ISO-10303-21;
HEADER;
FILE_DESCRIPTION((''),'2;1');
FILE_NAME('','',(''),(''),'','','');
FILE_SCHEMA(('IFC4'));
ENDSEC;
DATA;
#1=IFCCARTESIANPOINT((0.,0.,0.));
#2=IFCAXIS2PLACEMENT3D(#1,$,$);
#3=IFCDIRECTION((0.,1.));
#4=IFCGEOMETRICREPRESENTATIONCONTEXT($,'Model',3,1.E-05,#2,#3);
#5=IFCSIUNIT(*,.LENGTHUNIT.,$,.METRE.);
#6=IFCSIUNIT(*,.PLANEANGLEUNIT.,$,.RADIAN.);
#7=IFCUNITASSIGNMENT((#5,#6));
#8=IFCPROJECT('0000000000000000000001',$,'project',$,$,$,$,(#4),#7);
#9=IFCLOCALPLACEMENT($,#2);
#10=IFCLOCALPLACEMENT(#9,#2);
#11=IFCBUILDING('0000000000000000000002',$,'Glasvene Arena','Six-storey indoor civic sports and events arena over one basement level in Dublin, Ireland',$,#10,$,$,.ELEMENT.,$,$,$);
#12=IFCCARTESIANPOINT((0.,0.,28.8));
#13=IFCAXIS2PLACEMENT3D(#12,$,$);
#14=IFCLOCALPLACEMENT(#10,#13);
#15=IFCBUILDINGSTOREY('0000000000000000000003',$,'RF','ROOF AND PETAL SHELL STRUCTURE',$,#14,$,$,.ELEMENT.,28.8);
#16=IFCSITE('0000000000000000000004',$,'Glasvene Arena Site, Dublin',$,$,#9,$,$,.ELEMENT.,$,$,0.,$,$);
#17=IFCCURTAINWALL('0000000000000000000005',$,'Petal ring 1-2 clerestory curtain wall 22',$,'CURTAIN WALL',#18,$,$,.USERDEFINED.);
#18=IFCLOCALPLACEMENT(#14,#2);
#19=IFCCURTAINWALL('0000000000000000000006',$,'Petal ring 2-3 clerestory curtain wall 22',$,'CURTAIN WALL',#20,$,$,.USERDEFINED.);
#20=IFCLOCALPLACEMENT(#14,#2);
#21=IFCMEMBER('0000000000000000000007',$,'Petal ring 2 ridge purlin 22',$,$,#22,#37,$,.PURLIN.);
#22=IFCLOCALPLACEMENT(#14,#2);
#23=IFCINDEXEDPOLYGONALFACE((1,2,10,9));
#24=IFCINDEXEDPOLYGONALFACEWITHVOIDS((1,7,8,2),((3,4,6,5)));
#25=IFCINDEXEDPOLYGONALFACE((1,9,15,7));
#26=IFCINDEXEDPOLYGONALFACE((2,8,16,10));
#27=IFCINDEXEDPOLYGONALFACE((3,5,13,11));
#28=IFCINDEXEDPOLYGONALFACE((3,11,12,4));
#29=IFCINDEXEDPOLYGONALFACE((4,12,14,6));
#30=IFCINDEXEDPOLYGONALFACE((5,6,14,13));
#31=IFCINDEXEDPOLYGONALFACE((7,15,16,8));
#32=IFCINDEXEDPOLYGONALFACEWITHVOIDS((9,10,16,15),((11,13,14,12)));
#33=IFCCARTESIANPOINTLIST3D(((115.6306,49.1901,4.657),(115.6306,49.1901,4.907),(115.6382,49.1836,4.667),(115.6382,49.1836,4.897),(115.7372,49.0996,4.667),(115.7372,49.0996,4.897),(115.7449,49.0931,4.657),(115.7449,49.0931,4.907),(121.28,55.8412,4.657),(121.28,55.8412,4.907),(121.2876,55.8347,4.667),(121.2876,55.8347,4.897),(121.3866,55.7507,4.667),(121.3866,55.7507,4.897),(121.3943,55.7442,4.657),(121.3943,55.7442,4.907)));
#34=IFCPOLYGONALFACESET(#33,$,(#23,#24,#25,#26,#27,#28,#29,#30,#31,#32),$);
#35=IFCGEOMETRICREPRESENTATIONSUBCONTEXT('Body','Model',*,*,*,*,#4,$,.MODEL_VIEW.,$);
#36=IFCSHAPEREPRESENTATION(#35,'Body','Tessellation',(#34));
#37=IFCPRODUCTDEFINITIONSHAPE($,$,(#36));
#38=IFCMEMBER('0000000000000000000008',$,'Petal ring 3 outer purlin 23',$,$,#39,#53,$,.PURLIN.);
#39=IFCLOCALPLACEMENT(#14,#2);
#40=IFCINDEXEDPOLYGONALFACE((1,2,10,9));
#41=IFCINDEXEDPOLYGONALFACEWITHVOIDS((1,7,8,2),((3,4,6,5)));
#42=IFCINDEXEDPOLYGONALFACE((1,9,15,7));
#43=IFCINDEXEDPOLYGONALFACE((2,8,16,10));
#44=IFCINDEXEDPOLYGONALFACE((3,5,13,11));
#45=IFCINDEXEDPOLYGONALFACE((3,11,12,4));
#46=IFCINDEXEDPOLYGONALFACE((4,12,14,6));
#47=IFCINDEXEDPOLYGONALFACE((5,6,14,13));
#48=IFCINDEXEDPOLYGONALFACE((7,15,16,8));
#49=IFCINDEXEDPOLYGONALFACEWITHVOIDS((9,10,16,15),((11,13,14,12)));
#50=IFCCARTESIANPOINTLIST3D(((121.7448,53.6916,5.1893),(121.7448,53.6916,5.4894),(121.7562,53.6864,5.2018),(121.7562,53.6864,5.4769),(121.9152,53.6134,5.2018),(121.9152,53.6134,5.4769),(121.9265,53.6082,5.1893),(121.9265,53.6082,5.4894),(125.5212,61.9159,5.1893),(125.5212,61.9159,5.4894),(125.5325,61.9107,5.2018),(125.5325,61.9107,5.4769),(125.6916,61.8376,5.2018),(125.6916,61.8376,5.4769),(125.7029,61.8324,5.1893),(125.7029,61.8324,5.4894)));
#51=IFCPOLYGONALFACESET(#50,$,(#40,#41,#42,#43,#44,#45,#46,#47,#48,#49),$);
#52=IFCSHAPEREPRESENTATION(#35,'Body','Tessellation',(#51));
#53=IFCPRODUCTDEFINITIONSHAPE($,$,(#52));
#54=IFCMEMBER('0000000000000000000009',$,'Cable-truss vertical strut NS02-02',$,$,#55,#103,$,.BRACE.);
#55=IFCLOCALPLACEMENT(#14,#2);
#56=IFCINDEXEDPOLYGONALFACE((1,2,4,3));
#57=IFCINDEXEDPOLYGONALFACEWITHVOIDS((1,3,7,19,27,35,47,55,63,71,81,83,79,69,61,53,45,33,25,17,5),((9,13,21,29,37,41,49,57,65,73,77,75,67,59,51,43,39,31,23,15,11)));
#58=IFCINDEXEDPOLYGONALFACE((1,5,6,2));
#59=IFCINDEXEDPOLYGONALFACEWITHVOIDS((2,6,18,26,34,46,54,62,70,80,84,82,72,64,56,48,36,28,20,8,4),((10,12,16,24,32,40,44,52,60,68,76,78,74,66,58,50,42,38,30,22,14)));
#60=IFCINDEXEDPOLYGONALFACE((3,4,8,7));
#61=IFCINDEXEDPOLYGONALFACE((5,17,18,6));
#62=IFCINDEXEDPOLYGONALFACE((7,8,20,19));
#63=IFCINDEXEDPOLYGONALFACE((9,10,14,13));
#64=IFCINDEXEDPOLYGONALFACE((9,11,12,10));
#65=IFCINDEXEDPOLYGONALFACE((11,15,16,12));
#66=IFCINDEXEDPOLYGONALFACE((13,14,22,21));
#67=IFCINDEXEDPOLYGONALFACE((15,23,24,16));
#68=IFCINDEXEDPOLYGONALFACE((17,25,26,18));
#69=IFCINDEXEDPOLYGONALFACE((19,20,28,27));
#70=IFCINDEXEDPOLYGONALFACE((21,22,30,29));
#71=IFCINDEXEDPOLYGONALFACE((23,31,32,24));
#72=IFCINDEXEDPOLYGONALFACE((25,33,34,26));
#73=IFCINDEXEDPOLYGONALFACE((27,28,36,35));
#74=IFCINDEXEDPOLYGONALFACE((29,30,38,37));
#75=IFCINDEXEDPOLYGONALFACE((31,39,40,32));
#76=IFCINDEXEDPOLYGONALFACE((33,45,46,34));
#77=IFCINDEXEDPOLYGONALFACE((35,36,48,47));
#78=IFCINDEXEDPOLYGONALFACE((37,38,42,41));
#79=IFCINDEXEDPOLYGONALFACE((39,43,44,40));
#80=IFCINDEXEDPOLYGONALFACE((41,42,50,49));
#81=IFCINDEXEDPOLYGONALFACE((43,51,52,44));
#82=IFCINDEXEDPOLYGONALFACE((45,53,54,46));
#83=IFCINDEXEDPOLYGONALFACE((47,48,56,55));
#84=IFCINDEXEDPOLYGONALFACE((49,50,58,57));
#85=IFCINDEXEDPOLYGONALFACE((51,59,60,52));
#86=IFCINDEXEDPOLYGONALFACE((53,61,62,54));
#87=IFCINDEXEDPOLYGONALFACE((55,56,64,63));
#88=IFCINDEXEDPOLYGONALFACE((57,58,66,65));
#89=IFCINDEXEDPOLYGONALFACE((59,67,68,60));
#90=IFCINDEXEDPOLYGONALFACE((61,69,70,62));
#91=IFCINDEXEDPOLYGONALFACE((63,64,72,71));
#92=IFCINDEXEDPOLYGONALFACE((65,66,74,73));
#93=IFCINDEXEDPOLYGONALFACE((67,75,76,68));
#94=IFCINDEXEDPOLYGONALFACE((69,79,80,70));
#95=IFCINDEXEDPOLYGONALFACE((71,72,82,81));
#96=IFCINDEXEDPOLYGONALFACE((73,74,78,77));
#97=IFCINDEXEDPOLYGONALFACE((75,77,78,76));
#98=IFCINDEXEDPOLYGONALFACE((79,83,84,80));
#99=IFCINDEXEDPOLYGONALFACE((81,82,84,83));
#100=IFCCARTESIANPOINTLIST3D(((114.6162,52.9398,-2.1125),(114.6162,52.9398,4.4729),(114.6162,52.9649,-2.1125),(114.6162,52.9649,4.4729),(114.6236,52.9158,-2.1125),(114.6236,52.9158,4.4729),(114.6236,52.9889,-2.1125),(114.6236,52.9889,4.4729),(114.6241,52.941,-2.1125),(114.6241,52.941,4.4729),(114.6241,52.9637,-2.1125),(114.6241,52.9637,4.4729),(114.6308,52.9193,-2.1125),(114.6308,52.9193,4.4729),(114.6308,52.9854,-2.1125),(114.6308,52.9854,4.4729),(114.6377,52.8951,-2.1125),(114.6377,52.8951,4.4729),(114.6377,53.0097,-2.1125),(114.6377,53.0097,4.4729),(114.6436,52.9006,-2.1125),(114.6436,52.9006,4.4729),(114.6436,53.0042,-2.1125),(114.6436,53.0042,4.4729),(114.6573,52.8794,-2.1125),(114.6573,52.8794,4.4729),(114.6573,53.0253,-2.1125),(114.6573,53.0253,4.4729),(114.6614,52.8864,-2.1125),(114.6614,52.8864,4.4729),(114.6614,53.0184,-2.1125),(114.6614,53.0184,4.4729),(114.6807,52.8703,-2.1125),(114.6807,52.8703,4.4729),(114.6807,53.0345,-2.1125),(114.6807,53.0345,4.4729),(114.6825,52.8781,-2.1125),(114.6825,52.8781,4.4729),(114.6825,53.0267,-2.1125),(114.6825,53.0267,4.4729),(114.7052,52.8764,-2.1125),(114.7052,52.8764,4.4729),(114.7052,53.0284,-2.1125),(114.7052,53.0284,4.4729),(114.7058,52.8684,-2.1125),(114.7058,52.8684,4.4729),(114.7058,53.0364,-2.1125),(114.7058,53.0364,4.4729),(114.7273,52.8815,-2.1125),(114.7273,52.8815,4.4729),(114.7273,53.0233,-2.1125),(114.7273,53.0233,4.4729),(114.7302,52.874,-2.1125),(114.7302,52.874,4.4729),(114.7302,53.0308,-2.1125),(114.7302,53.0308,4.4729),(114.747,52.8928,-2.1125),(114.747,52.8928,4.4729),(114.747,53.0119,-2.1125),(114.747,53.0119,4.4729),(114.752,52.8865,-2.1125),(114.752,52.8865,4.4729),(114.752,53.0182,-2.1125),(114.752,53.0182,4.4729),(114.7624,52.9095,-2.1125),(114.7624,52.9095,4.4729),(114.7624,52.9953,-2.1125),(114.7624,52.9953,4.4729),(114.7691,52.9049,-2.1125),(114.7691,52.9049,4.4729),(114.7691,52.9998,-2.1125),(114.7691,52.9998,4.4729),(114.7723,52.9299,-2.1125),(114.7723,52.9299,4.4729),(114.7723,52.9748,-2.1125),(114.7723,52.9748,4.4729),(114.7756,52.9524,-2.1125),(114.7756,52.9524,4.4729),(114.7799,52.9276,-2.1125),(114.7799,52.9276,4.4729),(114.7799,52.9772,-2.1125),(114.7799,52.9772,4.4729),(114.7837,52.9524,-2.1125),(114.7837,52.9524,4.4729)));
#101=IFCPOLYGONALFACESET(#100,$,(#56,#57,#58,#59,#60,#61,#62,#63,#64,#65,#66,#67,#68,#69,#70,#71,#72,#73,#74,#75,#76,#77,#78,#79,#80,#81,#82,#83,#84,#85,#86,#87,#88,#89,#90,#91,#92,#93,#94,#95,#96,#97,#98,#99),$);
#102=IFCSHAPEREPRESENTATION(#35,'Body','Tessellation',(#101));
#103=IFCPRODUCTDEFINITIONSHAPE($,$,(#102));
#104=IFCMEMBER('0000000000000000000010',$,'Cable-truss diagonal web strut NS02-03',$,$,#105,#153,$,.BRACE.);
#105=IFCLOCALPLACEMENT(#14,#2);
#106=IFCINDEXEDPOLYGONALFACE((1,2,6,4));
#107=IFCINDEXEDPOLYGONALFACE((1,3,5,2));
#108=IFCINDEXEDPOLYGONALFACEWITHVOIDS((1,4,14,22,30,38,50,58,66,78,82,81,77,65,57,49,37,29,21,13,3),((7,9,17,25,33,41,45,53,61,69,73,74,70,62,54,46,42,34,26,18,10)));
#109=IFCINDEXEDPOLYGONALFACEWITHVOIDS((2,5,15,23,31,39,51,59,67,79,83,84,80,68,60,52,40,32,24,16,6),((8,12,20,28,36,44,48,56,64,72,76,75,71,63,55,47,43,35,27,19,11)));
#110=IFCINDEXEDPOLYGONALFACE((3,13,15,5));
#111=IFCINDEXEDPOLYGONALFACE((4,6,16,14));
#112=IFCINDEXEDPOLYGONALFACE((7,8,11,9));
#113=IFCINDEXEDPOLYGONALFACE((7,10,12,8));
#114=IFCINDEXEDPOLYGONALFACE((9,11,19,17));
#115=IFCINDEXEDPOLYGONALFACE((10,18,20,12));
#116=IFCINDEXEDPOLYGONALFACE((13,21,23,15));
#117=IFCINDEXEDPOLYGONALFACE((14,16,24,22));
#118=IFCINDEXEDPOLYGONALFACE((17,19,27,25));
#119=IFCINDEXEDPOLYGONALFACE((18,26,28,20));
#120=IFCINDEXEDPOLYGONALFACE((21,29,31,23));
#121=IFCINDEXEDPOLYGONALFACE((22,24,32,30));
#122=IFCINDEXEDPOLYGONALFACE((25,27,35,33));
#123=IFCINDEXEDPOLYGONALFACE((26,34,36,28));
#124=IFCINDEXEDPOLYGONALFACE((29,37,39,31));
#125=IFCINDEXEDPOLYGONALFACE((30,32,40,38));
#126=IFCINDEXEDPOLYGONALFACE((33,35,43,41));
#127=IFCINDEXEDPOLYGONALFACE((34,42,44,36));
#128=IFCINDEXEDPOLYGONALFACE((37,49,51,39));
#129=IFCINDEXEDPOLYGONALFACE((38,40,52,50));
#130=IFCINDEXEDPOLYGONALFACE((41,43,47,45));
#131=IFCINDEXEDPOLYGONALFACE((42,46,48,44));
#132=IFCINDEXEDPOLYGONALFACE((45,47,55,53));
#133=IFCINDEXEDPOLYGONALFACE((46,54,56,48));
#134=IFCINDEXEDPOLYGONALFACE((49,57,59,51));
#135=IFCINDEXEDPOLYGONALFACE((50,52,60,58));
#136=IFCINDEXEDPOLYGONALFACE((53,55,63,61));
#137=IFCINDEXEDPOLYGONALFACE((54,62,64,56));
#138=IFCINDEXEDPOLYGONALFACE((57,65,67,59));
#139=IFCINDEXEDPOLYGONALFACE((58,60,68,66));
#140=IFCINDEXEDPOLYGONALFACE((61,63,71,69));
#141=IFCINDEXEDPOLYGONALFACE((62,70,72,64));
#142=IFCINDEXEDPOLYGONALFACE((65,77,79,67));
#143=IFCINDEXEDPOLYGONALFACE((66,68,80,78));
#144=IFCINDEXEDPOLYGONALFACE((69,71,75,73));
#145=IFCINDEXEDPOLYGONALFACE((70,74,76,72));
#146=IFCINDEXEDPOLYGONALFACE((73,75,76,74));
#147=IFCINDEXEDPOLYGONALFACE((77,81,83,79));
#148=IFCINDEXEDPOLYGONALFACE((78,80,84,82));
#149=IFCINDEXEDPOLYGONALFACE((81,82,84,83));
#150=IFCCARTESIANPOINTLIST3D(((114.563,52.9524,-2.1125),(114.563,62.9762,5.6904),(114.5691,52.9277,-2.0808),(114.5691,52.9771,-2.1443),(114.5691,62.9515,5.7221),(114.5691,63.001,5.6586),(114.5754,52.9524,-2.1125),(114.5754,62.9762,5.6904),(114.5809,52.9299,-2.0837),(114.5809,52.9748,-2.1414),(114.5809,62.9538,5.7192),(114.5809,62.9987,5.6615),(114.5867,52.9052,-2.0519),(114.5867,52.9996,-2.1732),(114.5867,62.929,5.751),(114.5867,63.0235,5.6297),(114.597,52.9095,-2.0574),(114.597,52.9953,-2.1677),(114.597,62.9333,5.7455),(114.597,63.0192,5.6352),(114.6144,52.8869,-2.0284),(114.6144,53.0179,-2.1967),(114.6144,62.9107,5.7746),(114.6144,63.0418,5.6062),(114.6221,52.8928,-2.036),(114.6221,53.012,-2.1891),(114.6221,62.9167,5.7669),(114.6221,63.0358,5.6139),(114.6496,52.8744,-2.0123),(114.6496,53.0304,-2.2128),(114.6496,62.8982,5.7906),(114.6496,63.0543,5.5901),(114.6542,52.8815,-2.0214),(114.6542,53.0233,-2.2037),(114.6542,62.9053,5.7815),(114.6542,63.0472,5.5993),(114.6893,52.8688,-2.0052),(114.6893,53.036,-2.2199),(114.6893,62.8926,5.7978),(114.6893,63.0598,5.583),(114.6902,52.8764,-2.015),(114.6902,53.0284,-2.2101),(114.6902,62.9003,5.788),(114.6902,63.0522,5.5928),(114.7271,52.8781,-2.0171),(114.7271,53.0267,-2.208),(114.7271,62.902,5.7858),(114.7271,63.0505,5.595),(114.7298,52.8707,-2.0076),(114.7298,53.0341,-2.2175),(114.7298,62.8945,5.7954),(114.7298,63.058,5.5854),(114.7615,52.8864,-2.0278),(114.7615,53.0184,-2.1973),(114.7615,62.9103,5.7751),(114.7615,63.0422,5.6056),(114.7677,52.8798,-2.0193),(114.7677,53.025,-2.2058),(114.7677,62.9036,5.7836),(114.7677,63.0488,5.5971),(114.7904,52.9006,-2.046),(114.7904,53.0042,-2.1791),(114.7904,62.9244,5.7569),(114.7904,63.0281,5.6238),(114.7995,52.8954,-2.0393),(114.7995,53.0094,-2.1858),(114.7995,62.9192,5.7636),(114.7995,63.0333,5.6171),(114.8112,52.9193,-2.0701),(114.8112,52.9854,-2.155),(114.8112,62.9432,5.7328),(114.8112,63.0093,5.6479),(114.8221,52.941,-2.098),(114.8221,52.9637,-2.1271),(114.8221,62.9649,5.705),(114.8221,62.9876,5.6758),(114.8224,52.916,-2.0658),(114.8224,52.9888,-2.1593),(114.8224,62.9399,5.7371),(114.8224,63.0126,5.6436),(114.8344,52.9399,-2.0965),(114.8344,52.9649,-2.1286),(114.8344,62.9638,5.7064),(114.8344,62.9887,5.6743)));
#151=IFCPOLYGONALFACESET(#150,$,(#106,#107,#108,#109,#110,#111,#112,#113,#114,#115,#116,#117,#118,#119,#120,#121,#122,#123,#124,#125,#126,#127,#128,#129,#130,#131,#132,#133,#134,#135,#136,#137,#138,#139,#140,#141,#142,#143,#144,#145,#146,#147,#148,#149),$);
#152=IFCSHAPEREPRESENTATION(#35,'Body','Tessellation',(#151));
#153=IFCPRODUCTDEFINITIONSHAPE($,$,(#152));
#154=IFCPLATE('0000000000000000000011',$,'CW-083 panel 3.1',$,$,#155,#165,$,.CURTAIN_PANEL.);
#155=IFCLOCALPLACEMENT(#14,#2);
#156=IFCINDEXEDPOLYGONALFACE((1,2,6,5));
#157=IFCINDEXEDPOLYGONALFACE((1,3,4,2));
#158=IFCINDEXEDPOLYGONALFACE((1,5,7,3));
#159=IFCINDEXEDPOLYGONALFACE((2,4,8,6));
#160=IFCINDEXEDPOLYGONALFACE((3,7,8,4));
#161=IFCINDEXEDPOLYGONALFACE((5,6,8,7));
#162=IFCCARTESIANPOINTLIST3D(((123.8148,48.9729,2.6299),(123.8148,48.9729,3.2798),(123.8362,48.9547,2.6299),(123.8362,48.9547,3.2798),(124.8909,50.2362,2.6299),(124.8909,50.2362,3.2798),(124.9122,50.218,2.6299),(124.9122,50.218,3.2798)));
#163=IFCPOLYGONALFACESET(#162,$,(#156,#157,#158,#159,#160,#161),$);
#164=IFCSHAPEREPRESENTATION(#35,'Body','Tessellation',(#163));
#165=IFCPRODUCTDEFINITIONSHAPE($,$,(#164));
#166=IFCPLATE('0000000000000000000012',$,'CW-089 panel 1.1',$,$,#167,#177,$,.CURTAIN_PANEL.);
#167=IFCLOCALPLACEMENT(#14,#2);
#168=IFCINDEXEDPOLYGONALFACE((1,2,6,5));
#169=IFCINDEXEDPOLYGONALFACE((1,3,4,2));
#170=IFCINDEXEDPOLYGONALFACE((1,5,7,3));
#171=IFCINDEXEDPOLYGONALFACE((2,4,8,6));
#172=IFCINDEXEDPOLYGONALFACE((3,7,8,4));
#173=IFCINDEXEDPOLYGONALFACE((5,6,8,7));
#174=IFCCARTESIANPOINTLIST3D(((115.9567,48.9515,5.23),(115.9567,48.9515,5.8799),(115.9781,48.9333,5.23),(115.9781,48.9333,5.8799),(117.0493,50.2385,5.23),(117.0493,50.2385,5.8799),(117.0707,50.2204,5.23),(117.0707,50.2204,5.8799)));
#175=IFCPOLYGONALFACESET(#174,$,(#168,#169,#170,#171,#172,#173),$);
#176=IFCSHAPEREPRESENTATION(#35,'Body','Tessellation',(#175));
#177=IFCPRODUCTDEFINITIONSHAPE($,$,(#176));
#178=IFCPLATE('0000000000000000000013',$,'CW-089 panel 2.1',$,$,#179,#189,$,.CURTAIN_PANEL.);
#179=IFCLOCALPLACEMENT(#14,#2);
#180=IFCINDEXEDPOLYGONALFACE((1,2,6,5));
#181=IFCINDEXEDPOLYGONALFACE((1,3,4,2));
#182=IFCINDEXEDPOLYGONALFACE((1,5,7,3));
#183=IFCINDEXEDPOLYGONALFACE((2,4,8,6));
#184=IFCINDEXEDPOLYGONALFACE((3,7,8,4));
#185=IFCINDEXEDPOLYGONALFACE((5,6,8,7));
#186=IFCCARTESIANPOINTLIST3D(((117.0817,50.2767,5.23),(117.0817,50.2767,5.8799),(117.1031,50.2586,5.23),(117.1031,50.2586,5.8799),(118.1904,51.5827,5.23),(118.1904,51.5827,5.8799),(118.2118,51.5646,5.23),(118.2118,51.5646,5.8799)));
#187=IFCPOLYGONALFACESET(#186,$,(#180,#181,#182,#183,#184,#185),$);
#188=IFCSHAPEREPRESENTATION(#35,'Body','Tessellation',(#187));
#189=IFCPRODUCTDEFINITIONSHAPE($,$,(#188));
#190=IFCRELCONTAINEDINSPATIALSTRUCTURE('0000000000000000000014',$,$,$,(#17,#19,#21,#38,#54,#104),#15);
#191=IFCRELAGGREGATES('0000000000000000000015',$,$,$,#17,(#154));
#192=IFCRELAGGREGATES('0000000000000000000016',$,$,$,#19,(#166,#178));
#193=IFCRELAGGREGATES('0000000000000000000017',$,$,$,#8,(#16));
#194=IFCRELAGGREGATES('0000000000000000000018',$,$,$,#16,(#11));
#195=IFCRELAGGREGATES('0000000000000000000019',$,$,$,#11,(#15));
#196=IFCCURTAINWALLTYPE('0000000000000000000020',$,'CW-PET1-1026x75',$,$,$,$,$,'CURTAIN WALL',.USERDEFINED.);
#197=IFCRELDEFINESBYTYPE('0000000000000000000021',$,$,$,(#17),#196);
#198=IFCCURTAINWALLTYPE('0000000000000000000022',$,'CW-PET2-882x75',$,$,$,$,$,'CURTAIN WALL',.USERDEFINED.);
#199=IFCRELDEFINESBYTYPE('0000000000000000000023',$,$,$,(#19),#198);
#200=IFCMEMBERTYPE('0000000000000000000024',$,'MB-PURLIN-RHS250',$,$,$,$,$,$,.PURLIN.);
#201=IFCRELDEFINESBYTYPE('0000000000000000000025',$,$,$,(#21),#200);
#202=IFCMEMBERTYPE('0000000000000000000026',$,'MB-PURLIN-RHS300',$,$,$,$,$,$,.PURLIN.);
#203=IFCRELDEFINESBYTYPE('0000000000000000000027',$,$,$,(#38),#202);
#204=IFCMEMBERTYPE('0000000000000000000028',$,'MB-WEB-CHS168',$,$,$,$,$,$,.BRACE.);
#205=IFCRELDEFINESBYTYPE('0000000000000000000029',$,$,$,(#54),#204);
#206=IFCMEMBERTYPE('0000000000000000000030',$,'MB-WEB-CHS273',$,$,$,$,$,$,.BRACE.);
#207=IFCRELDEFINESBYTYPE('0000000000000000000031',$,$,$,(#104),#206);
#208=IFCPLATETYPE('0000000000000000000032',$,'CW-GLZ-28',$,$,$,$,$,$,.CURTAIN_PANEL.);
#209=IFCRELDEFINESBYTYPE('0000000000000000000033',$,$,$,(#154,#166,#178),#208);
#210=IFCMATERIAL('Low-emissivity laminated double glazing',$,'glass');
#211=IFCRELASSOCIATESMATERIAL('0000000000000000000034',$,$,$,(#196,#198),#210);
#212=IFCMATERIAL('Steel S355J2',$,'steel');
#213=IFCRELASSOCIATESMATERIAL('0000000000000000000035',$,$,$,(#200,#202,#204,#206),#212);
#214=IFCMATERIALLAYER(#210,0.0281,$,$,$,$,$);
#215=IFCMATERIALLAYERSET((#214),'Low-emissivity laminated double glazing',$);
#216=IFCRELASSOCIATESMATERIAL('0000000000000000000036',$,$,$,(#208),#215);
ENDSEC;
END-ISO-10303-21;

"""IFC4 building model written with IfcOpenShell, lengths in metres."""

from ifc_helpers import new_model, si_unit, direction, frame, origin, origin_2d, place, context, subcontext, project, spatial, rectangle, hollow_rectangle, hollow_circle, extrude, material, layer, layer_set, material_profile, profile_set, type_object, element, aggregate, save


model = new_model("IFC4")

# Units and contexts
model_context = context("Model", 3, precision=1e-05, world=origin(), true_north=direction((0.0, 1.0)))
body_context = subcontext(model_context, "Body", "Model", "MODEL_VIEW")
ifc_project = project(units=[si_unit("LENGTHUNIT", "METRE"), si_unit("PLANEANGLEUNIT", "RADIAN")], contexts=[model_context])

# Site, building, storey
site_placement = place(None, origin())
site = spatial("IfcSite", under=ifc_project, at=site_placement, Name="Glasvene Arena Site, Dublin", CompositionType="ELEMENT", RefElevation=0.0)
building_placement = place(site_placement, origin())
building = spatial("IfcBuilding", under=site, at=building_placement, Name="Glasvene Arena", Description="Six-storey indoor civic sports and events arena over one basement level in Dublin, Ireland", CompositionType="ELEMENT")
storey_placement = place(building_placement, frame((0.0, 0.0, 28.8)))
storey = spatial("IfcBuildingStorey", under=building, at=storey_placement, Name="RF", Description="ROOF AND PETAL SHELL STRUCTURE", CompositionType="ELEMENT", Elevation=28.8)

# Curtain wall
ifc_material_1 = material(Name="Low-emissivity laminated double glazing", Category="glass")
curtain_wall_type_1 = type_object("IfcCurtainWallType", Name="CW-PET1-1026x75", ElementType="CURTAIN WALL", PredefinedType="USERDEFINED", material=ifc_material_1)
curtain_wall_1_placement = place(storey_placement, frame((121.5923, 46.342, 0.0)))
curtain_wall_1 = element("IfcCurtainWall", 1, at=curtain_wall_1_placement, inside=storey, type_object=curtain_wall_type_1, Name="Petal ring 1-2 clerestory curtain wall 22", ObjectType="CURTAIN WALL", PredefinedType="USERDEFINED")

# Curtain wall
curtain_wall_type_2 = type_object("IfcCurtainWallType", Name="CW-PET2-882x75", ElementType="CURTAIN WALL", PredefinedType="USERDEFINED", material=ifc_material_1)
curtain_wall_2_placement = place(storey_placement, frame((115.9351, 48.9043, 0.0)))
curtain_wall_2 = element("IfcCurtainWall", 2, at=curtain_wall_2_placement, inside=storey, type_object=curtain_wall_type_2, Name="Petal ring 2-3 clerestory curtain wall 22", ObjectType="CURTAIN WALL", PredefinedType="USERDEFINED")

# Members
ifc_material_2 = material(Name="Steel S355J2", Category="steel")
ifc_material_profile_1 = material_profile(ifc_material_2, hollow_rectangle(XDim=0.1499, YDim=0.25, WallThickness=0.01, at=origin_2d()), Name="RHS 250x150x10.0")
ifc_profile_set_1 = profile_set([ifc_material_profile_1], Name="Steel S355J2")
member_type_1 = type_object("IfcMemberType", Name="MB-PURLIN-RHS250", PredefinedType="PURLIN", material=ifc_profile_set_1)
member_1_placement = place(storey_placement, frame((115.6877, 49.1416, 4.782), z_axis=(0.64738, 0.762168, 0.0), x_axis=(-0.762168, 0.64738, 0.0)))
element("IfcMember", 3, at=member_1_placement, inside=storey, type_object=member_type_1, Name="Petal ring 2 ridge purlin 22", PredefinedType="PURLIN", context=body_context, shape_type="SweptSolid", body=[
    extrude(hollow_rectangle(XDim=0.1499, YDim=0.25, WallThickness=0.01, at=origin_2d()), origin(), (0.0, 0.0, 1.0), 8.7266),
])
ifc_material_profile_2 = material_profile(ifc_material_2, hollow_rectangle(XDim=0.2, YDim=0.3, WallThickness=0.0125, at=origin_2d()), Name="RHS 300x200x12.5")
ifc_profile_set_2 = profile_set([ifc_material_profile_2], Name="Steel S355J2")
member_type_2 = type_object("IfcMemberType", Name="MB-PURLIN-RHS300", PredefinedType="PURLIN", material=ifc_profile_set_2)
member_2_placement = place(storey_placement, frame((121.8357, 53.6499, 5.3394), z_axis=(0.417282, 0.908777, 0.0), x_axis=(-0.908777, 0.417282, 0.0)))
element("IfcMember", 4, at=member_2_placement, inside=storey, type_object=member_type_2, Name="Petal ring 3 outer purlin 23", PredefinedType="PURLIN", context=body_context, shape_type="SweptSolid", body=[
    extrude(hollow_rectangle(XDim=0.2, YDim=0.3, WallThickness=0.0125, at=origin_2d()), origin(), (0.0, 0.0, 1.0), 9.0498),
])
ifc_material_profile_3 = material_profile(ifc_material_2, hollow_circle(Radius=0.0842, WallThickness=0.0081, at=origin_2d()), Name="CHS 168.3x8.0")
ifc_profile_set_3 = profile_set([ifc_material_profile_3], Name="Steel S355J2")
member_type_3 = type_object("IfcMemberType", Name="MB-WEB-CHS168", PredefinedType="BRACE", material=ifc_profile_set_3)
member_3_placement = place(storey_placement, frame((114.6995, 52.9524, -2.1125), z_axis=(0.0, 0.0, 1.0), x_axis=(1.0, 0.0, 0.0)))
element("IfcMember", 5, at=member_3_placement, inside=storey, type_object=member_type_3, Name="Cable-truss vertical strut NS02-02", PredefinedType="BRACE", context=body_context, shape_type="SweptSolid", body=[
    extrude(hollow_circle(Radius=0.0842, WallThickness=0.0081, at=origin_2d()), origin(), (0.0, 0.0, 1.0), 6.5854),
])
ifc_material_profile_4 = material_profile(ifc_material_2, hollow_circle(Radius=0.1365, WallThickness=0.0125, at=origin_2d()), Name="CHS 273.0x12.5")
ifc_profile_set_4 = profile_set([ifc_material_profile_4], Name="Steel S355J2")
member_type_4 = type_object("IfcMemberType", Name="MB-WEB-CHS273", PredefinedType="BRACE", material=ifc_profile_set_4)
member_4_placement = place(storey_placement, frame((114.6995, 52.9524, -2.1125), z_axis=(0.0, 0.789101, 0.614264), x_axis=(-1.0, 0.0, 0.0)))
element("IfcMember", 6, at=member_4_placement, inside=storey, type_object=member_type_4, Name="Cable-truss diagonal web strut NS02-03", PredefinedType="BRACE", context=body_context, shape_type="SweptSolid", body=[
    extrude(hollow_circle(Radius=0.1365, WallThickness=0.0125, at=origin_2d()), origin(), (0.0, 0.0, 1.0), 12.7029),
])

# Plates
ifc_layer_1 = layer(ifc_material_1, 0.0281)
ifc_layer_set_1 = layer_set([ifc_layer_1], Name="Low-emissivity laminated double glazing")
plate_type_1 = type_object("IfcPlateType", Name="CW-GLZ-28", PredefinedType="CURTAIN_PANEL", material=ifc_layer_set_1)
plate_1_placement = place(storey_placement, frame((124.3635, 49.5955, 2.6299), z_axis=(0.0, 0.0, 1.0), x_axis=(0.648445, 0.761261, 0.0)))
plate_1 = element("IfcPlate", 7, at=plate_1_placement, type_object=plate_type_1, Name="CW-083 panel 3.1", PredefinedType="CURTAIN_PANEL", context=body_context, shape_type="SweptSolid", body=[
    extrude(rectangle(XDim=1.6594, YDim=0.0281, at=origin_2d()), origin(), (0.0, 0.0, 1.0), 0.6499),
])
aggregate(curtain_wall_1, [plate_1])
plate_2_placement = place(storey_placement, frame((116.5137, 49.5859, 5.23), z_axis=(0.0, 0.0, 1.0), x_axis=(0.647167, 0.762348, 0.0)))
plate_2 = element("IfcPlate", 8, at=plate_2_placement, type_object=plate_type_1, Name="CW-089 panel 1.1", PredefinedType="CURTAIN_PANEL", context=body_context, shape_type="SweptSolid", body=[
    extrude(rectangle(XDim=1.6882, YDim=0.0281, at=origin_2d()), origin(), (0.0, 0.0, 1.0), 0.6499),
])
plate_3_placement = place(storey_placement, frame((117.6467, 50.9207, 5.23), z_axis=(0.0, 0.0, 1.0), x_axis=(0.647167, 0.762348, 0.0)))
plate_3 = element("IfcPlate", 9, at=plate_3_placement, type_object=plate_type_1, Name="CW-089 panel 2.1", PredefinedType="CURTAIN_PANEL", context=body_context, shape_type="SweptSolid", body=[
    extrude(rectangle(XDim=1.7131, YDim=0.0281, at=origin_2d()), origin(), (0.0, 0.0, 1.0), 0.6499),
])
aggregate(curtain_wall_2, [plate_2, plate_3])

save(model, "model.ifc")
